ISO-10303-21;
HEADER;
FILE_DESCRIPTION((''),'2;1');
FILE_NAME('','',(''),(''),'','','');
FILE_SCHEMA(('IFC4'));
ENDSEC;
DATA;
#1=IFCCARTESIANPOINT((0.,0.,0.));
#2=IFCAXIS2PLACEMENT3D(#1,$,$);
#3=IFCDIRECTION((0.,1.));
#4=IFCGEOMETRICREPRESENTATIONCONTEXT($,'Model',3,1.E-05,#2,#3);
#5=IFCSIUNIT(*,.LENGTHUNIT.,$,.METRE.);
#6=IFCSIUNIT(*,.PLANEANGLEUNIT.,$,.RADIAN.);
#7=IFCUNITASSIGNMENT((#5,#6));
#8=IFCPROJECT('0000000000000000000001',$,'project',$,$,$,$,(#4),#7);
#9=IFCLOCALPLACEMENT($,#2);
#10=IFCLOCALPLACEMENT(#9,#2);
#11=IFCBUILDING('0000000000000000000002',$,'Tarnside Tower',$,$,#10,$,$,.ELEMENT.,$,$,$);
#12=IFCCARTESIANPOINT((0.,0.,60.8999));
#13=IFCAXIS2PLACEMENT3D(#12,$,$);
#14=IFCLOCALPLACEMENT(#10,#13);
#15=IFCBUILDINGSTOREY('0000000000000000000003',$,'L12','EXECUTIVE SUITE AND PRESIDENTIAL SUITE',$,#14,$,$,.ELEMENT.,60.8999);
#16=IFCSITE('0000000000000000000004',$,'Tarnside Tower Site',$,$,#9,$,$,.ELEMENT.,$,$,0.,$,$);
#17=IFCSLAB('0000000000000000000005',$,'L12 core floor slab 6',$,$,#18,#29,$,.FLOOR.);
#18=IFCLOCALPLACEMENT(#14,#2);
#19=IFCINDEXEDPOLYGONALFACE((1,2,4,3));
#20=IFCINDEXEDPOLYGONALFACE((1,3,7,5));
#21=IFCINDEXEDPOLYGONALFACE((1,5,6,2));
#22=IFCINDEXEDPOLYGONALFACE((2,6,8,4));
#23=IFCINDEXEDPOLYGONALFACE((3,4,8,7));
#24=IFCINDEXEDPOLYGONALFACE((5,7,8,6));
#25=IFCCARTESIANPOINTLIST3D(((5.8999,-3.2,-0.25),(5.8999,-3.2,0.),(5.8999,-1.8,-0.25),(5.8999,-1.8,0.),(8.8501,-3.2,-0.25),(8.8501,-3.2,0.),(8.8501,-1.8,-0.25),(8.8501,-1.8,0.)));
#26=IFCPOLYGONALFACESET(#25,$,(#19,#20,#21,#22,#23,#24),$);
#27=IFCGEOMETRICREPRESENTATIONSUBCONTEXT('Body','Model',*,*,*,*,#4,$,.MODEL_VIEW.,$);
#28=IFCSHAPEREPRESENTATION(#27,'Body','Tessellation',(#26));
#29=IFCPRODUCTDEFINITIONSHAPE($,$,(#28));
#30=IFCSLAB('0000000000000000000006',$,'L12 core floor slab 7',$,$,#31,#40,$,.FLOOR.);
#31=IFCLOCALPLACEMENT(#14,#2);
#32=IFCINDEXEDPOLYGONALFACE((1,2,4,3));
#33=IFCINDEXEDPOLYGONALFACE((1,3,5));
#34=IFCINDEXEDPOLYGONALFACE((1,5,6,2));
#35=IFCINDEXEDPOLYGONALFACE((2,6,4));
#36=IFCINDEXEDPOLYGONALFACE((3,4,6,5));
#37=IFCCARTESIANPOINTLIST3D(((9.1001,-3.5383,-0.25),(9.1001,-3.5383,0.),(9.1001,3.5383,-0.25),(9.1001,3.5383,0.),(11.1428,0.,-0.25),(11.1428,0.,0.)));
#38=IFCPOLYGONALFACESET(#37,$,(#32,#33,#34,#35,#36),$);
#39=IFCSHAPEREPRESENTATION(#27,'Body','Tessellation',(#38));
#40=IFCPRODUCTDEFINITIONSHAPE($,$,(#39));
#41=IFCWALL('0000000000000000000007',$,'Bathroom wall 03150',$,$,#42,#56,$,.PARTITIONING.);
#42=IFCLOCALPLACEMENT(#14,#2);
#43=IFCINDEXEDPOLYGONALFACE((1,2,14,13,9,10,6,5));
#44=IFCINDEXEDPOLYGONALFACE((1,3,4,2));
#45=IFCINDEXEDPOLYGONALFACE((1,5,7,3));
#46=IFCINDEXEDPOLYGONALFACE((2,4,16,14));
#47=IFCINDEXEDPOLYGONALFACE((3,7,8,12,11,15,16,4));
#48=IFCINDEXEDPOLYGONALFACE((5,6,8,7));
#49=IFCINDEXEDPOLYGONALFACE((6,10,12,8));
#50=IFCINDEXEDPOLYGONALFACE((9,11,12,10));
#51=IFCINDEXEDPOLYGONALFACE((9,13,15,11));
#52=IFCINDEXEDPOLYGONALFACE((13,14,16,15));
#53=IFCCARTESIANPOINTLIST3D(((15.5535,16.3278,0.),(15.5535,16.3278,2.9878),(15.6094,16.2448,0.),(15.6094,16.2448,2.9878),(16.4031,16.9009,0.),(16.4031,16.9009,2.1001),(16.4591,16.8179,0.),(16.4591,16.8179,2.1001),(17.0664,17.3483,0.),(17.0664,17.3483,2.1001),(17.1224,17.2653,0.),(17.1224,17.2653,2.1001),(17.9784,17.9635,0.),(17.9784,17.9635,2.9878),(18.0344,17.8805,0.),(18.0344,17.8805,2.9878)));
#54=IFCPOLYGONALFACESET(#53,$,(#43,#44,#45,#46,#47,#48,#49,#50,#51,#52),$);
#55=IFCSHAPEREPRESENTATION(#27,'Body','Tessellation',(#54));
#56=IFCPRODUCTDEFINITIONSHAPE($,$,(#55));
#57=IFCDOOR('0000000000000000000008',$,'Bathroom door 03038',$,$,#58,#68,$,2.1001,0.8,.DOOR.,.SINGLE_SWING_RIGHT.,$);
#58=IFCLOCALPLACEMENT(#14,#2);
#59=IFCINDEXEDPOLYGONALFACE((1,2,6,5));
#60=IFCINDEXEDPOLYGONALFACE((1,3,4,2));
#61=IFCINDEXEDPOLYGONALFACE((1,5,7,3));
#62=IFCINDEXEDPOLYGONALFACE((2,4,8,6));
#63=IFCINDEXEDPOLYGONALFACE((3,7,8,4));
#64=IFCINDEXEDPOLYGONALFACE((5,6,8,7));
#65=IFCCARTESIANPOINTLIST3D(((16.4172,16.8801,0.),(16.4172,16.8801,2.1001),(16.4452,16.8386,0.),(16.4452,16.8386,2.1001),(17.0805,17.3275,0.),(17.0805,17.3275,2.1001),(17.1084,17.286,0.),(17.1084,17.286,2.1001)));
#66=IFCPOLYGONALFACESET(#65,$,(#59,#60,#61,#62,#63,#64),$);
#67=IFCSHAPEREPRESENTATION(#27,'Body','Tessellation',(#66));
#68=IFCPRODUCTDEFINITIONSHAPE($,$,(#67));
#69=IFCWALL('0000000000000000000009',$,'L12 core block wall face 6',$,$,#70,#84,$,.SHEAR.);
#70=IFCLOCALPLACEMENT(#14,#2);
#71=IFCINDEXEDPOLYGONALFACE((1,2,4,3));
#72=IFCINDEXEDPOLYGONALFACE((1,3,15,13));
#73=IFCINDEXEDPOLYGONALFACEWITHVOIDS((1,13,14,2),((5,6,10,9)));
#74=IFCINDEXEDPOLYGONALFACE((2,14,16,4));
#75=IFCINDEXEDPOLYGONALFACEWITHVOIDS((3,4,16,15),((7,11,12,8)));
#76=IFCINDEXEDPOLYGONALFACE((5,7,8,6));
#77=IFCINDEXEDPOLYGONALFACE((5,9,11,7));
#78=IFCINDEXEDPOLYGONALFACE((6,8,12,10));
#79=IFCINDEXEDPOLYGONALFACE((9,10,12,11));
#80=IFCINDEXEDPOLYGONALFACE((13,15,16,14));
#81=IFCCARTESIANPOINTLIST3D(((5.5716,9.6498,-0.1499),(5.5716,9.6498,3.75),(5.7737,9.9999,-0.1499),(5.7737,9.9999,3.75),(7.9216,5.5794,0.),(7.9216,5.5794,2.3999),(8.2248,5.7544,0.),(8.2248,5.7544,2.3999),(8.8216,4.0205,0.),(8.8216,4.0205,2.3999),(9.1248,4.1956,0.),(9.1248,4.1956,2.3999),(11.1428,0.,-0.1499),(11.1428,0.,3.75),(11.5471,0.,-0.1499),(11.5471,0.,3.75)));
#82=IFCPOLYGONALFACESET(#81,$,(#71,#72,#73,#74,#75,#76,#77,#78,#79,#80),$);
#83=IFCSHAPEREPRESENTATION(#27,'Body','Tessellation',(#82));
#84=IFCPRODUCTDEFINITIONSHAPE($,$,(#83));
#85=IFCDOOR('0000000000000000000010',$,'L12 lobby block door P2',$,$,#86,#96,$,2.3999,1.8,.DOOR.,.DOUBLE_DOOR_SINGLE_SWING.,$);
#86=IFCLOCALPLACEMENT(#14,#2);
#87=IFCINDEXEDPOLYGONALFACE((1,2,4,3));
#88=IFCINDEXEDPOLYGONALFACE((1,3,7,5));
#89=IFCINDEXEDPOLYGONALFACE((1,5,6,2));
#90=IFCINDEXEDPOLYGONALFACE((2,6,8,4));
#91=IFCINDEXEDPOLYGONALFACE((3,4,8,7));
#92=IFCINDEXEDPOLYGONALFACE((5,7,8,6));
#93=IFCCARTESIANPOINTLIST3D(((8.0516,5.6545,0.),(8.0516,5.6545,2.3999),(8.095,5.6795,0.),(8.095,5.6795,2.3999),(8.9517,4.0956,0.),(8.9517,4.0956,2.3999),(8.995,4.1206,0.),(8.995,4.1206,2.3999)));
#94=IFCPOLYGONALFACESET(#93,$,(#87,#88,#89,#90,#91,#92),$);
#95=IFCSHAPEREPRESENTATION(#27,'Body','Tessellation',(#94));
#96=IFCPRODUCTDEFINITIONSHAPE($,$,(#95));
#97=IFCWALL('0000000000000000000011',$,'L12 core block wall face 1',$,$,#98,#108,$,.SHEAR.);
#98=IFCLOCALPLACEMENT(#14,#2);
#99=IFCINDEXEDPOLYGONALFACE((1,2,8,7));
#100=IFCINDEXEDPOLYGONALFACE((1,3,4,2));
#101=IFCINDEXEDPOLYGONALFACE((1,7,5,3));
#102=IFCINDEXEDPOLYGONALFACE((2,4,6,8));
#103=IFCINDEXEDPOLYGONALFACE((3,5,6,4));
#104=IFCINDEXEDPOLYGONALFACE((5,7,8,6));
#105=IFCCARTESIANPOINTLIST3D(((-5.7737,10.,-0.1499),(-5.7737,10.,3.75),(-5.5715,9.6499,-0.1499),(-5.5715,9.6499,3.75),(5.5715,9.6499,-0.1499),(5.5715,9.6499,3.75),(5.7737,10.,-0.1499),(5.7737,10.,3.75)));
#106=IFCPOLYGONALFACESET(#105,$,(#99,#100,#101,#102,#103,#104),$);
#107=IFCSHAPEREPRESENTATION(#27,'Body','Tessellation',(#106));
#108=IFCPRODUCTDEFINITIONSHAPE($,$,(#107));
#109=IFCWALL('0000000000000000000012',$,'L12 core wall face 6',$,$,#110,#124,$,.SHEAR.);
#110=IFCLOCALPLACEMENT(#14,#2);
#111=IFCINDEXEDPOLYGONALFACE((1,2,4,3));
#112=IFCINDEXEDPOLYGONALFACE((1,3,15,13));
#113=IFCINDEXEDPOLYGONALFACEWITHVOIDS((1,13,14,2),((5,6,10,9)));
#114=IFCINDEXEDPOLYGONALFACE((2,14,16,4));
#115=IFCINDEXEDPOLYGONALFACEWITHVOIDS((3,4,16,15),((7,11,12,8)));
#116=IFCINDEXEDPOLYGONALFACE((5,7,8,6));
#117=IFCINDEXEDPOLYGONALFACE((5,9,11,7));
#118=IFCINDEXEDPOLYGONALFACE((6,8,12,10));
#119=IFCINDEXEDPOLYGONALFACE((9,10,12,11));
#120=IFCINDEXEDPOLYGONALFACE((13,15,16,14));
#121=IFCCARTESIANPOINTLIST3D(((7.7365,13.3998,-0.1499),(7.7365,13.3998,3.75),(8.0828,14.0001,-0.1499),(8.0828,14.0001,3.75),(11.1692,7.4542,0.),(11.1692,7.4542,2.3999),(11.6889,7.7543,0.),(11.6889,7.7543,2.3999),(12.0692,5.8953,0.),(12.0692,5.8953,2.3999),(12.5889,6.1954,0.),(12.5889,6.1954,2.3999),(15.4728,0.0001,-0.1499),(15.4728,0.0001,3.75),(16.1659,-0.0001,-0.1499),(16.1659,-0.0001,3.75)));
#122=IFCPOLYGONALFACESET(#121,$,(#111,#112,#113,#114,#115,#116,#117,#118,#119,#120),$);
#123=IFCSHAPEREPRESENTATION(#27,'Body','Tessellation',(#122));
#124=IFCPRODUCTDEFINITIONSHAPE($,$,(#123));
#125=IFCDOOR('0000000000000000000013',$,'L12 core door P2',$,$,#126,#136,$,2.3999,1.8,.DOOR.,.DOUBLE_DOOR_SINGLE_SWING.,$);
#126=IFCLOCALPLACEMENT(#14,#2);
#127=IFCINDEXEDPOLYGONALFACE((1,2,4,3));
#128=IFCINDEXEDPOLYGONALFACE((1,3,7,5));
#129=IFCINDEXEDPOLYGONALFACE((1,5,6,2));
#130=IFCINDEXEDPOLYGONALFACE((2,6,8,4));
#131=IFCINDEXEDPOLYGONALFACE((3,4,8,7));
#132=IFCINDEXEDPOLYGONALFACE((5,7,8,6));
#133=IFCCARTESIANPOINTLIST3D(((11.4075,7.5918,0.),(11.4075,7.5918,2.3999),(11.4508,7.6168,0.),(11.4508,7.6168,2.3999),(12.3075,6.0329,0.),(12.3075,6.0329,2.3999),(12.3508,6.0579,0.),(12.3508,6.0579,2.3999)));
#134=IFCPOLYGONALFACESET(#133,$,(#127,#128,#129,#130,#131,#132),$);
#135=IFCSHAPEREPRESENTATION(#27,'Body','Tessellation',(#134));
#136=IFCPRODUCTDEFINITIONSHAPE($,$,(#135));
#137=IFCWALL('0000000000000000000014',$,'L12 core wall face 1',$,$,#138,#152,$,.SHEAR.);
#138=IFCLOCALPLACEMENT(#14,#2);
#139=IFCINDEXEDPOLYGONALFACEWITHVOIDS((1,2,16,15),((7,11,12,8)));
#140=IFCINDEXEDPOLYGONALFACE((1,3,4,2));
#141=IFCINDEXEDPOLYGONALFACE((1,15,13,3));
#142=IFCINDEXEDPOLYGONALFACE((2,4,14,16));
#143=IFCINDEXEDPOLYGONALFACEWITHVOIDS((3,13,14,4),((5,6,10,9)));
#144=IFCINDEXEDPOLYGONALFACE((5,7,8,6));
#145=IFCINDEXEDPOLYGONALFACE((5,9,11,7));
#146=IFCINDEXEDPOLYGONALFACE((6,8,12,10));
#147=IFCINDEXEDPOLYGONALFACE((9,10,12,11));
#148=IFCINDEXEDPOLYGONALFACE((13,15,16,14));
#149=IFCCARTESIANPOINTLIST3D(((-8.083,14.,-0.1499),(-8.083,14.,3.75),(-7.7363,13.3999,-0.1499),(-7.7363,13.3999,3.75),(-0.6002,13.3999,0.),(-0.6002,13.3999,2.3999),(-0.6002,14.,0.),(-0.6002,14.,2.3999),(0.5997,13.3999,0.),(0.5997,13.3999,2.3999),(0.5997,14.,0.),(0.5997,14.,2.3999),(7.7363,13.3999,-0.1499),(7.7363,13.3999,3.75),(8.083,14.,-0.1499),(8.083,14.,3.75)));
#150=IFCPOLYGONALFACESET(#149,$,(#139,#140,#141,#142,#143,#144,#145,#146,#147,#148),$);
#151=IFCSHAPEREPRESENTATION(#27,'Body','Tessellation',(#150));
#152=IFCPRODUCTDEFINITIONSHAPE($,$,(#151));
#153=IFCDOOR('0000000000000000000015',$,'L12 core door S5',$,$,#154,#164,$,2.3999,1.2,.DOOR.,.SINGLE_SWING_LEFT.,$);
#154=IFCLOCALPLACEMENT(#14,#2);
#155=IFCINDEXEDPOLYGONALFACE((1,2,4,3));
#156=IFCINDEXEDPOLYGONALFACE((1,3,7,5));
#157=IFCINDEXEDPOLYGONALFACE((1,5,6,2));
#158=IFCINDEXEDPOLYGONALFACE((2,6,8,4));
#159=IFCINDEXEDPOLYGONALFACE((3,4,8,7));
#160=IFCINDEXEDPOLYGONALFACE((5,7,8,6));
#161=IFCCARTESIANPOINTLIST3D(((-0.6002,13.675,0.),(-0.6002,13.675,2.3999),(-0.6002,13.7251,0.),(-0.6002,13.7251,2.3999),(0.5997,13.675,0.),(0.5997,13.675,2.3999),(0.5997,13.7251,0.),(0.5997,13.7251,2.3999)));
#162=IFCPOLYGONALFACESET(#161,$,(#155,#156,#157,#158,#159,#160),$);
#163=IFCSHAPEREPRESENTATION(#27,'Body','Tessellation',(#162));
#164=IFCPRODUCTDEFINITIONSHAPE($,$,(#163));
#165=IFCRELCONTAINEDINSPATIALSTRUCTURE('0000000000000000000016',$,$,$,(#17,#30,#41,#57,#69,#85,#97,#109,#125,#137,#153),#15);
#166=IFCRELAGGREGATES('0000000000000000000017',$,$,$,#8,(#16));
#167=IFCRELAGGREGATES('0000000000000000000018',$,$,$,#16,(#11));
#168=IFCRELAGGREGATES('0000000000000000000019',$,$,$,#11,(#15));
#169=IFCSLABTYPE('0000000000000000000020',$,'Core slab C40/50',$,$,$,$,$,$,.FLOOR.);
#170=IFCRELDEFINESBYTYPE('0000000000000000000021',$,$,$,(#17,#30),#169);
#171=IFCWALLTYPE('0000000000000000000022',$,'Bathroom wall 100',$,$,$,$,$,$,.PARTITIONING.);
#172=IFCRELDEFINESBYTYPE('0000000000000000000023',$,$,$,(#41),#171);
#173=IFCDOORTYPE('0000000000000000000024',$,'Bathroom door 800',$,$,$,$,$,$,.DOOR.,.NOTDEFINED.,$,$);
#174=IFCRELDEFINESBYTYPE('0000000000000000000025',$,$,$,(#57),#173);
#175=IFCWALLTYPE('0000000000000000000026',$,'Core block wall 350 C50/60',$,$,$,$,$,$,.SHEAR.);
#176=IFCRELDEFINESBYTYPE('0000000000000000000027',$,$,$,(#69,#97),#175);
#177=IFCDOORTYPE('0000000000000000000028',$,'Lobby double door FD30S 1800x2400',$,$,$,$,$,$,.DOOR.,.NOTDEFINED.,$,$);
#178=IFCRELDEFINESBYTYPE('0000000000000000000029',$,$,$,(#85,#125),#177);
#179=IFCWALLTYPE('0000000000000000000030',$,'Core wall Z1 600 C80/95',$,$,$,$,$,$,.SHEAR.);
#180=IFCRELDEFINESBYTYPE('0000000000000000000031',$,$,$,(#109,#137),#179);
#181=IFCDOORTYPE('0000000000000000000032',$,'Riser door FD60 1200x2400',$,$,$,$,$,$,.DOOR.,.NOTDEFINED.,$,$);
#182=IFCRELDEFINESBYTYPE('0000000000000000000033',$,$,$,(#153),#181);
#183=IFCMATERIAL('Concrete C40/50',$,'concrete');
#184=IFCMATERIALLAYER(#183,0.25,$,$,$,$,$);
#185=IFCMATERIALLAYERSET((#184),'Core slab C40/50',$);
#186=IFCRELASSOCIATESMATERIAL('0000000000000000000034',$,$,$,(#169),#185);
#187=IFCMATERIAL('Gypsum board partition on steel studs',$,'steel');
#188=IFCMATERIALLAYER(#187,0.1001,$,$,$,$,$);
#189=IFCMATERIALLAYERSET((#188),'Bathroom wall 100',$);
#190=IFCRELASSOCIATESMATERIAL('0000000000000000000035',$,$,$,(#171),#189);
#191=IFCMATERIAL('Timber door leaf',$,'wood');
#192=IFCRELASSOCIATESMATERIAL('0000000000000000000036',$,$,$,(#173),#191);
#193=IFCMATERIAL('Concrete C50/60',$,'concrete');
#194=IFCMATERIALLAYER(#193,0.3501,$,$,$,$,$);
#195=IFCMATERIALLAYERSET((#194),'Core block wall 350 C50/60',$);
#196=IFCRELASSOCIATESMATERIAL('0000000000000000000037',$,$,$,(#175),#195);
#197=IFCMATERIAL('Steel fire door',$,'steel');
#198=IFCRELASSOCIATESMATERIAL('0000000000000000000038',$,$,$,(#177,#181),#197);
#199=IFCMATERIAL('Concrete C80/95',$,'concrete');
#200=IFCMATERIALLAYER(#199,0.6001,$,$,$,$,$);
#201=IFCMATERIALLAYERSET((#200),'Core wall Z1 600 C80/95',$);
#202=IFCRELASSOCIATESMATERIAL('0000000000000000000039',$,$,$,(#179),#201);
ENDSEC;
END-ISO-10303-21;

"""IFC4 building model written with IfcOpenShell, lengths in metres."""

from ifc_helpers import new_model, si_unit, direction, frame, frame_2d, origin, place, context, subcontext, project, spatial, polyline, rectangle, outline, extrude, material, layer, layer_set, type_object, element, fill, save


model = new_model("IFC4")

# Units and contexts
model_context = context("Model", 3, precision=1e-05, world=origin(), true_north=direction((0.0, 1.0)))
body_context = subcontext(model_context, "Body", "Model", "MODEL_VIEW")
ifc_project = project(units=[si_unit("LENGTHUNIT", "METRE"), si_unit("PLANEANGLEUNIT", "RADIAN")], contexts=[model_context])

# Site, building, storey
site_placement = place(None, origin())
site = spatial("IfcSite", under=ifc_project, at=site_placement, Name="Tarnside Tower Site", CompositionType="ELEMENT", RefElevation=0.0)
building_placement = place(site_placement, origin())
building = spatial("IfcBuilding", under=site, at=building_placement, Name="Tarnside Tower", CompositionType="ELEMENT")
storey_placement = place(building_placement, frame((0.0, 0.0, 60.8999)))
storey = spatial("IfcBuildingStorey", under=building, at=storey_placement, Name="L12", Description="EXECUTIVE SUITE AND PRESIDENTIAL SUITE", CompositionType="ELEMENT", Elevation=60.8999)

# Slabs
ifc_material_1 = material(Name="Concrete C40/50", Category="concrete")
ifc_layer_1 = layer(ifc_material_1, 0.25)
ifc_layer_set_1 = layer_set([ifc_layer_1], Name="Core slab C40/50")
slab_type = type_object("IfcSlabType", Name="Core slab C40/50", PredefinedType="FLOOR", material=ifc_layer_set_1)
slab_1_placement = place(storey_placement, frame((0.0, 0.0, -0.25)))
element("IfcSlab", 1, at=slab_1_placement, inside=storey, type_object=slab_type, Name="L12 core floor slab 6", PredefinedType="FLOOR", context=body_context, shape_type="SweptSolid", body=[
    extrude(outline(polyline([(5.8999, -3.2), (5.8999, -1.8), (8.8501, -1.8), (8.8501, -3.2), (5.8999, -3.2)])), origin(), (0.0, 0.0, 1.0), 0.25),
])
slab_2_placement = place(storey_placement, frame((0.0, 0.0, -0.25)))
element("IfcSlab", 2, at=slab_2_placement, inside=storey, type_object=slab_type, Name="L12 core floor slab 7", PredefinedType="FLOOR", context=body_context, shape_type="SweptSolid", body=[
    extrude(outline(polyline([(9.1001, -3.5383), (9.1001, 3.5383), (11.1428, 0.0), (9.1001, -3.5383)])), origin(), (0.0, 0.0, 1.0), 0.25),
])

# Walls, openings, doors
ifc_material_2 = material(Name="Gypsum board partition on steel studs", Category="steel")
ifc_layer_2 = layer(ifc_material_2, 0.1001)
ifc_layer_set_2 = layer_set([ifc_layer_2], Name="Bathroom wall 100")
wall_type_1 = type_object("IfcWallType", Name="Bathroom wall 100", PredefinedType="PARTITIONING", material=ifc_layer_set_2)
wall_1_placement = place(storey_placement, frame((15.5815, 16.2864, 0.0), z_axis=(0.0, 0.0, 1.0), x_axis=(0.829033, 0.559199, 0.0)))
wall_1 = element("IfcWall", 3, at=wall_1_placement, inside=storey, type_object=wall_type_1, Name="Bathroom wall 03150", PredefinedType="PARTITIONING", context=body_context, shape_type="SweptSolid", body=[
    extrude(rectangle(XDim=2.925, YDim=0.1001, at=frame_2d((1.4624, 0.0))), origin(), (0.0, 0.0, 1.0), 2.9878),
])
opening_1_placement = place(wall_1_placement, frame((1.0249, 0.0, 0.0)))
opening_1 = element("IfcOpeningElement", 4, at=opening_1_placement, cuts=wall_1, PredefinedType="OPENING", context=body_context, shape_type="SweptSolid", body=[
    extrude(rectangle(XDim=0.8, YDim=2.1001, at=frame_2d((0.3999, 1.05))), frame((0.0, 0.0601, 0.0), z_axis=(0.0, -1.0, 0.0), x_axis=(1.0, 0.0, 0.0)), (0.0, 0.0, 1.0), 0.1201),
])
ifc_material_3 = material(Name="Timber door leaf", Category="wood")
door_type_1 = type_object("IfcDoorType", Name="Bathroom door 800", OperationType="NOTDEFINED", PredefinedType="DOOR", material=ifc_material_3)
door_1_placement = place(opening_1_placement, origin())
door_1 = element("IfcDoor", 5, at=door_1_placement, inside=storey, type_object=door_type_1, Name="Bathroom door 03038", OperationType="SINGLE_SWING_RIGHT", OverallHeight=2.1001, OverallWidth=0.8, PredefinedType="DOOR", context=body_context, shape_type="SweptSolid", body=[
    extrude(rectangle(XDim=0.8, YDim=2.1001, at=frame_2d((0.3999, 1.05))), frame((0.0, 0.0249, 0.0), z_axis=(0.0, -1.0, 0.0), x_axis=(1.0, 0.0, 0.0)), (0.0, 0.0, 1.0), 0.05),
])
fill(opening_1, door_1)
ifc_material_4 = material(Name="Concrete C50/60", Category="concrete")
ifc_layer_3 = layer(ifc_material_4, 0.3501)
ifc_layer_set_3 = layer_set([ifc_layer_3], Name="Core block wall 350 C50/60")
wall_type_2 = type_object("IfcWallType", Name="Core block wall 350 C50/60", PredefinedType="SHEAR", material=ifc_layer_set_3)
wall_2_placement = place(storey_placement, frame((11.345, 0.0, -0.1499), z_axis=(0.0, 0.0, 1.0), x_axis=(-0.499995, 0.866028, 0.0)))
wall_2 = element("IfcWall", 6, at=wall_2_placement, inside=storey, type_object=wall_type_2, Name="L12 core block wall face 6", PredefinedType="SHEAR", context=body_context, shape_type="SweptSolid", body=[
    extrude(outline(polyline([(-0.1011, -0.175), (11.4458, -0.175), (11.2437, 0.175), (0.1011, 0.175), (-0.1011, -0.175)])), origin(), (0.0, 0.0, 1.0), 3.8999),
])
opening_2_placement = place(wall_2_placement, frame((4.7437, 0.0, 0.1499)))
opening_2 = element("IfcOpeningElement", 7, at=opening_2_placement, cuts=wall_2, PredefinedType="OPENING", context=body_context, shape_type="SweptSolid", body=[
    extrude(rectangle(XDim=1.8, YDim=2.3999, at=frame_2d((0.8999, 1.2))), frame((0.0, 0.1851, 0.0), z_axis=(0.0, -1.0, 0.0), x_axis=(1.0, 0.0, 0.0)), (0.0, 0.0, 1.0), 0.3701),
])
ifc_material_5 = material(Name="Steel fire door", Category="steel")
door_type_2 = type_object("IfcDoorType", Name="Lobby double door FD30S 1800x2400", OperationType="NOTDEFINED", PredefinedType="DOOR", material=ifc_material_5)
door_2_placement = place(opening_2_placement, origin())
door_2 = element("IfcDoor", 8, at=door_2_placement, inside=storey, type_object=door_type_2, Name="L12 lobby block door P2", OperationType="DOUBLE_DOOR_SINGLE_SWING", OverallHeight=2.3999, OverallWidth=1.8, PredefinedType="DOOR", context=body_context, shape_type="SweptSolid", body=[
    extrude(rectangle(XDim=1.8, YDim=2.3999, at=frame_2d((0.8999, 1.2))), frame((0.0, 0.0249, 0.0), z_axis=(0.0, -1.0, 0.0), x_axis=(1.0, 0.0, 0.0)), (0.0, 0.0, 1.0), 0.05),
])
fill(opening_2, door_2)

# Wall
wall_3_placement = place(storey_placement, frame((5.6726, 9.825, -0.1499), z_axis=(0.0, 0.0, 1.0), x_axis=(-1.0, 0.0, 0.0)))
element("IfcWall", 9, at=wall_3_placement, inside=storey, type_object=wall_type_2, Name="L12 core block wall face 1", PredefinedType="SHEAR", context=body_context, shape_type="SweptSolid", body=[
    extrude(outline(polyline([(-0.1011, -0.175), (11.4463, -0.175), (11.2441, 0.175), (0.1011, 0.175), (-0.1011, -0.175)])), origin(), (0.0, 0.0, 1.0), 3.8999),
])

# Walls, openings, doors
ifc_material_6 = material(Name="Concrete C80/95", Category="concrete")
ifc_layer_4 = layer(ifc_material_6, 0.6001)
ifc_layer_set_4 = layer_set([ifc_layer_4], Name="Core wall Z1 600 C80/95")
wall_type_3 = type_object("IfcWallType", Name="Core wall Z1 600 C80/95", PredefinedType="SHEAR", material=ifc_layer_set_4)
wall_4_placement = place(storey_placement, frame((15.8193, 0.0, -0.1499), z_axis=(0.0, 0.0, 1.0), x_axis=(-0.5, 0.866025, 0.0)))
wall_4 = element("IfcWall", 10, at=wall_4_placement, inside=storey, type_object=wall_type_3, Name="L12 core wall face 6", PredefinedType="SHEAR", context=body_context, shape_type="SweptSolid", body=[
    extrude(outline(polyline([(-0.1733, -0.3), (15.9927, -0.3), (15.646, 0.3), (0.1733, 0.3), (-0.1733, -0.3)])), origin(), (0.0, 0.0, 1.0), 3.8999),
])
opening_3_placement = place(wall_4_placement, frame((6.9807, 0.0, 0.1499)))
opening_3 = element("IfcOpeningElement", 11, at=opening_3_placement, cuts=wall_4, PredefinedType="OPENING", context=body_context, shape_type="SweptSolid", body=[
    extrude(rectangle(XDim=1.8, YDim=2.3999, at=frame_2d((0.8999, 1.2))), frame((0.0, 0.3101, 0.0), z_axis=(0.0, -1.0, 0.0), x_axis=(1.0, 0.0, 0.0)), (0.0, 0.0, 1.0), 0.6201),
])
door_3_placement = place(opening_3_placement, origin())
door_3 = element("IfcDoor", 12, at=door_3_placement, inside=storey, type_object=door_type_2, Name="L12 core door P2", OperationType="DOUBLE_DOOR_SINGLE_SWING", OverallHeight=2.3999, OverallWidth=1.8, PredefinedType="DOOR", context=body_context, shape_type="SweptSolid", body=[
    extrude(rectangle(XDim=1.8, YDim=2.3999, at=frame_2d((0.8999, 1.2))), frame((0.0, 0.0249, 0.0), z_axis=(0.0, -1.0, 0.0), x_axis=(1.0, 0.0, 0.0)), (0.0, 0.0, 1.0), 0.05),
])
fill(opening_3, door_3)
wall_5_placement = place(storey_placement, frame((7.9097, 13.7, -0.1499), z_axis=(0.0, 0.0, 1.0), x_axis=(-1.0, 0.0, 0.0)))
wall_5 = element("IfcWall", 13, at=wall_5_placement, inside=storey, type_object=wall_type_3, Name="L12 core wall face 1", PredefinedType="SHEAR", context=body_context, shape_type="SweptSolid", body=[
    extrude(outline(polyline([(-0.1733, -0.3), (15.9927, -0.3), (15.646, 0.3), (0.1733, 0.3), (-0.1733, -0.3)])), origin(), (0.0, 0.0, 1.0), 3.8999),
])
opening_4_placement = place(wall_5_placement, frame((7.3098, 0.0, 0.1499)))
opening_4 = element("IfcOpeningElement", 14, at=opening_4_placement, cuts=wall_5, PredefinedType="OPENING", context=body_context, shape_type="SweptSolid", body=[
    extrude(rectangle(XDim=1.2, YDim=2.3999, at=frame_2d((0.6001, 1.2))), frame((0.0, 0.3101, 0.0), z_axis=(0.0, -1.0, 0.0), x_axis=(1.0, 0.0, 0.0)), (0.0, 0.0, 1.0), 0.6201),
])
door_type_3 = type_object("IfcDoorType", Name="Riser door FD60 1200x2400", OperationType="NOTDEFINED", PredefinedType="DOOR", material=ifc_material_5)
door_4_placement = place(opening_4_placement, origin())
door_4 = element("IfcDoor", 15, at=door_4_placement, inside=storey, type_object=door_type_3, Name="L12 core door S5", OperationType="SINGLE_SWING_LEFT", OverallHeight=2.3999, OverallWidth=1.2, PredefinedType="DOOR", context=body_context, shape_type="SweptSolid", body=[
    extrude(rectangle(XDim=1.2, YDim=2.3999, at=frame_2d((0.6001, 1.2))), frame((0.0, 0.0249, 0.0), z_axis=(0.0, -1.0, 0.0), x_axis=(1.0, 0.0, 0.0)), (0.0, 0.0, 1.0), 0.05),
])
fill(opening_4, door_4)

save(model, "model.ifc")
